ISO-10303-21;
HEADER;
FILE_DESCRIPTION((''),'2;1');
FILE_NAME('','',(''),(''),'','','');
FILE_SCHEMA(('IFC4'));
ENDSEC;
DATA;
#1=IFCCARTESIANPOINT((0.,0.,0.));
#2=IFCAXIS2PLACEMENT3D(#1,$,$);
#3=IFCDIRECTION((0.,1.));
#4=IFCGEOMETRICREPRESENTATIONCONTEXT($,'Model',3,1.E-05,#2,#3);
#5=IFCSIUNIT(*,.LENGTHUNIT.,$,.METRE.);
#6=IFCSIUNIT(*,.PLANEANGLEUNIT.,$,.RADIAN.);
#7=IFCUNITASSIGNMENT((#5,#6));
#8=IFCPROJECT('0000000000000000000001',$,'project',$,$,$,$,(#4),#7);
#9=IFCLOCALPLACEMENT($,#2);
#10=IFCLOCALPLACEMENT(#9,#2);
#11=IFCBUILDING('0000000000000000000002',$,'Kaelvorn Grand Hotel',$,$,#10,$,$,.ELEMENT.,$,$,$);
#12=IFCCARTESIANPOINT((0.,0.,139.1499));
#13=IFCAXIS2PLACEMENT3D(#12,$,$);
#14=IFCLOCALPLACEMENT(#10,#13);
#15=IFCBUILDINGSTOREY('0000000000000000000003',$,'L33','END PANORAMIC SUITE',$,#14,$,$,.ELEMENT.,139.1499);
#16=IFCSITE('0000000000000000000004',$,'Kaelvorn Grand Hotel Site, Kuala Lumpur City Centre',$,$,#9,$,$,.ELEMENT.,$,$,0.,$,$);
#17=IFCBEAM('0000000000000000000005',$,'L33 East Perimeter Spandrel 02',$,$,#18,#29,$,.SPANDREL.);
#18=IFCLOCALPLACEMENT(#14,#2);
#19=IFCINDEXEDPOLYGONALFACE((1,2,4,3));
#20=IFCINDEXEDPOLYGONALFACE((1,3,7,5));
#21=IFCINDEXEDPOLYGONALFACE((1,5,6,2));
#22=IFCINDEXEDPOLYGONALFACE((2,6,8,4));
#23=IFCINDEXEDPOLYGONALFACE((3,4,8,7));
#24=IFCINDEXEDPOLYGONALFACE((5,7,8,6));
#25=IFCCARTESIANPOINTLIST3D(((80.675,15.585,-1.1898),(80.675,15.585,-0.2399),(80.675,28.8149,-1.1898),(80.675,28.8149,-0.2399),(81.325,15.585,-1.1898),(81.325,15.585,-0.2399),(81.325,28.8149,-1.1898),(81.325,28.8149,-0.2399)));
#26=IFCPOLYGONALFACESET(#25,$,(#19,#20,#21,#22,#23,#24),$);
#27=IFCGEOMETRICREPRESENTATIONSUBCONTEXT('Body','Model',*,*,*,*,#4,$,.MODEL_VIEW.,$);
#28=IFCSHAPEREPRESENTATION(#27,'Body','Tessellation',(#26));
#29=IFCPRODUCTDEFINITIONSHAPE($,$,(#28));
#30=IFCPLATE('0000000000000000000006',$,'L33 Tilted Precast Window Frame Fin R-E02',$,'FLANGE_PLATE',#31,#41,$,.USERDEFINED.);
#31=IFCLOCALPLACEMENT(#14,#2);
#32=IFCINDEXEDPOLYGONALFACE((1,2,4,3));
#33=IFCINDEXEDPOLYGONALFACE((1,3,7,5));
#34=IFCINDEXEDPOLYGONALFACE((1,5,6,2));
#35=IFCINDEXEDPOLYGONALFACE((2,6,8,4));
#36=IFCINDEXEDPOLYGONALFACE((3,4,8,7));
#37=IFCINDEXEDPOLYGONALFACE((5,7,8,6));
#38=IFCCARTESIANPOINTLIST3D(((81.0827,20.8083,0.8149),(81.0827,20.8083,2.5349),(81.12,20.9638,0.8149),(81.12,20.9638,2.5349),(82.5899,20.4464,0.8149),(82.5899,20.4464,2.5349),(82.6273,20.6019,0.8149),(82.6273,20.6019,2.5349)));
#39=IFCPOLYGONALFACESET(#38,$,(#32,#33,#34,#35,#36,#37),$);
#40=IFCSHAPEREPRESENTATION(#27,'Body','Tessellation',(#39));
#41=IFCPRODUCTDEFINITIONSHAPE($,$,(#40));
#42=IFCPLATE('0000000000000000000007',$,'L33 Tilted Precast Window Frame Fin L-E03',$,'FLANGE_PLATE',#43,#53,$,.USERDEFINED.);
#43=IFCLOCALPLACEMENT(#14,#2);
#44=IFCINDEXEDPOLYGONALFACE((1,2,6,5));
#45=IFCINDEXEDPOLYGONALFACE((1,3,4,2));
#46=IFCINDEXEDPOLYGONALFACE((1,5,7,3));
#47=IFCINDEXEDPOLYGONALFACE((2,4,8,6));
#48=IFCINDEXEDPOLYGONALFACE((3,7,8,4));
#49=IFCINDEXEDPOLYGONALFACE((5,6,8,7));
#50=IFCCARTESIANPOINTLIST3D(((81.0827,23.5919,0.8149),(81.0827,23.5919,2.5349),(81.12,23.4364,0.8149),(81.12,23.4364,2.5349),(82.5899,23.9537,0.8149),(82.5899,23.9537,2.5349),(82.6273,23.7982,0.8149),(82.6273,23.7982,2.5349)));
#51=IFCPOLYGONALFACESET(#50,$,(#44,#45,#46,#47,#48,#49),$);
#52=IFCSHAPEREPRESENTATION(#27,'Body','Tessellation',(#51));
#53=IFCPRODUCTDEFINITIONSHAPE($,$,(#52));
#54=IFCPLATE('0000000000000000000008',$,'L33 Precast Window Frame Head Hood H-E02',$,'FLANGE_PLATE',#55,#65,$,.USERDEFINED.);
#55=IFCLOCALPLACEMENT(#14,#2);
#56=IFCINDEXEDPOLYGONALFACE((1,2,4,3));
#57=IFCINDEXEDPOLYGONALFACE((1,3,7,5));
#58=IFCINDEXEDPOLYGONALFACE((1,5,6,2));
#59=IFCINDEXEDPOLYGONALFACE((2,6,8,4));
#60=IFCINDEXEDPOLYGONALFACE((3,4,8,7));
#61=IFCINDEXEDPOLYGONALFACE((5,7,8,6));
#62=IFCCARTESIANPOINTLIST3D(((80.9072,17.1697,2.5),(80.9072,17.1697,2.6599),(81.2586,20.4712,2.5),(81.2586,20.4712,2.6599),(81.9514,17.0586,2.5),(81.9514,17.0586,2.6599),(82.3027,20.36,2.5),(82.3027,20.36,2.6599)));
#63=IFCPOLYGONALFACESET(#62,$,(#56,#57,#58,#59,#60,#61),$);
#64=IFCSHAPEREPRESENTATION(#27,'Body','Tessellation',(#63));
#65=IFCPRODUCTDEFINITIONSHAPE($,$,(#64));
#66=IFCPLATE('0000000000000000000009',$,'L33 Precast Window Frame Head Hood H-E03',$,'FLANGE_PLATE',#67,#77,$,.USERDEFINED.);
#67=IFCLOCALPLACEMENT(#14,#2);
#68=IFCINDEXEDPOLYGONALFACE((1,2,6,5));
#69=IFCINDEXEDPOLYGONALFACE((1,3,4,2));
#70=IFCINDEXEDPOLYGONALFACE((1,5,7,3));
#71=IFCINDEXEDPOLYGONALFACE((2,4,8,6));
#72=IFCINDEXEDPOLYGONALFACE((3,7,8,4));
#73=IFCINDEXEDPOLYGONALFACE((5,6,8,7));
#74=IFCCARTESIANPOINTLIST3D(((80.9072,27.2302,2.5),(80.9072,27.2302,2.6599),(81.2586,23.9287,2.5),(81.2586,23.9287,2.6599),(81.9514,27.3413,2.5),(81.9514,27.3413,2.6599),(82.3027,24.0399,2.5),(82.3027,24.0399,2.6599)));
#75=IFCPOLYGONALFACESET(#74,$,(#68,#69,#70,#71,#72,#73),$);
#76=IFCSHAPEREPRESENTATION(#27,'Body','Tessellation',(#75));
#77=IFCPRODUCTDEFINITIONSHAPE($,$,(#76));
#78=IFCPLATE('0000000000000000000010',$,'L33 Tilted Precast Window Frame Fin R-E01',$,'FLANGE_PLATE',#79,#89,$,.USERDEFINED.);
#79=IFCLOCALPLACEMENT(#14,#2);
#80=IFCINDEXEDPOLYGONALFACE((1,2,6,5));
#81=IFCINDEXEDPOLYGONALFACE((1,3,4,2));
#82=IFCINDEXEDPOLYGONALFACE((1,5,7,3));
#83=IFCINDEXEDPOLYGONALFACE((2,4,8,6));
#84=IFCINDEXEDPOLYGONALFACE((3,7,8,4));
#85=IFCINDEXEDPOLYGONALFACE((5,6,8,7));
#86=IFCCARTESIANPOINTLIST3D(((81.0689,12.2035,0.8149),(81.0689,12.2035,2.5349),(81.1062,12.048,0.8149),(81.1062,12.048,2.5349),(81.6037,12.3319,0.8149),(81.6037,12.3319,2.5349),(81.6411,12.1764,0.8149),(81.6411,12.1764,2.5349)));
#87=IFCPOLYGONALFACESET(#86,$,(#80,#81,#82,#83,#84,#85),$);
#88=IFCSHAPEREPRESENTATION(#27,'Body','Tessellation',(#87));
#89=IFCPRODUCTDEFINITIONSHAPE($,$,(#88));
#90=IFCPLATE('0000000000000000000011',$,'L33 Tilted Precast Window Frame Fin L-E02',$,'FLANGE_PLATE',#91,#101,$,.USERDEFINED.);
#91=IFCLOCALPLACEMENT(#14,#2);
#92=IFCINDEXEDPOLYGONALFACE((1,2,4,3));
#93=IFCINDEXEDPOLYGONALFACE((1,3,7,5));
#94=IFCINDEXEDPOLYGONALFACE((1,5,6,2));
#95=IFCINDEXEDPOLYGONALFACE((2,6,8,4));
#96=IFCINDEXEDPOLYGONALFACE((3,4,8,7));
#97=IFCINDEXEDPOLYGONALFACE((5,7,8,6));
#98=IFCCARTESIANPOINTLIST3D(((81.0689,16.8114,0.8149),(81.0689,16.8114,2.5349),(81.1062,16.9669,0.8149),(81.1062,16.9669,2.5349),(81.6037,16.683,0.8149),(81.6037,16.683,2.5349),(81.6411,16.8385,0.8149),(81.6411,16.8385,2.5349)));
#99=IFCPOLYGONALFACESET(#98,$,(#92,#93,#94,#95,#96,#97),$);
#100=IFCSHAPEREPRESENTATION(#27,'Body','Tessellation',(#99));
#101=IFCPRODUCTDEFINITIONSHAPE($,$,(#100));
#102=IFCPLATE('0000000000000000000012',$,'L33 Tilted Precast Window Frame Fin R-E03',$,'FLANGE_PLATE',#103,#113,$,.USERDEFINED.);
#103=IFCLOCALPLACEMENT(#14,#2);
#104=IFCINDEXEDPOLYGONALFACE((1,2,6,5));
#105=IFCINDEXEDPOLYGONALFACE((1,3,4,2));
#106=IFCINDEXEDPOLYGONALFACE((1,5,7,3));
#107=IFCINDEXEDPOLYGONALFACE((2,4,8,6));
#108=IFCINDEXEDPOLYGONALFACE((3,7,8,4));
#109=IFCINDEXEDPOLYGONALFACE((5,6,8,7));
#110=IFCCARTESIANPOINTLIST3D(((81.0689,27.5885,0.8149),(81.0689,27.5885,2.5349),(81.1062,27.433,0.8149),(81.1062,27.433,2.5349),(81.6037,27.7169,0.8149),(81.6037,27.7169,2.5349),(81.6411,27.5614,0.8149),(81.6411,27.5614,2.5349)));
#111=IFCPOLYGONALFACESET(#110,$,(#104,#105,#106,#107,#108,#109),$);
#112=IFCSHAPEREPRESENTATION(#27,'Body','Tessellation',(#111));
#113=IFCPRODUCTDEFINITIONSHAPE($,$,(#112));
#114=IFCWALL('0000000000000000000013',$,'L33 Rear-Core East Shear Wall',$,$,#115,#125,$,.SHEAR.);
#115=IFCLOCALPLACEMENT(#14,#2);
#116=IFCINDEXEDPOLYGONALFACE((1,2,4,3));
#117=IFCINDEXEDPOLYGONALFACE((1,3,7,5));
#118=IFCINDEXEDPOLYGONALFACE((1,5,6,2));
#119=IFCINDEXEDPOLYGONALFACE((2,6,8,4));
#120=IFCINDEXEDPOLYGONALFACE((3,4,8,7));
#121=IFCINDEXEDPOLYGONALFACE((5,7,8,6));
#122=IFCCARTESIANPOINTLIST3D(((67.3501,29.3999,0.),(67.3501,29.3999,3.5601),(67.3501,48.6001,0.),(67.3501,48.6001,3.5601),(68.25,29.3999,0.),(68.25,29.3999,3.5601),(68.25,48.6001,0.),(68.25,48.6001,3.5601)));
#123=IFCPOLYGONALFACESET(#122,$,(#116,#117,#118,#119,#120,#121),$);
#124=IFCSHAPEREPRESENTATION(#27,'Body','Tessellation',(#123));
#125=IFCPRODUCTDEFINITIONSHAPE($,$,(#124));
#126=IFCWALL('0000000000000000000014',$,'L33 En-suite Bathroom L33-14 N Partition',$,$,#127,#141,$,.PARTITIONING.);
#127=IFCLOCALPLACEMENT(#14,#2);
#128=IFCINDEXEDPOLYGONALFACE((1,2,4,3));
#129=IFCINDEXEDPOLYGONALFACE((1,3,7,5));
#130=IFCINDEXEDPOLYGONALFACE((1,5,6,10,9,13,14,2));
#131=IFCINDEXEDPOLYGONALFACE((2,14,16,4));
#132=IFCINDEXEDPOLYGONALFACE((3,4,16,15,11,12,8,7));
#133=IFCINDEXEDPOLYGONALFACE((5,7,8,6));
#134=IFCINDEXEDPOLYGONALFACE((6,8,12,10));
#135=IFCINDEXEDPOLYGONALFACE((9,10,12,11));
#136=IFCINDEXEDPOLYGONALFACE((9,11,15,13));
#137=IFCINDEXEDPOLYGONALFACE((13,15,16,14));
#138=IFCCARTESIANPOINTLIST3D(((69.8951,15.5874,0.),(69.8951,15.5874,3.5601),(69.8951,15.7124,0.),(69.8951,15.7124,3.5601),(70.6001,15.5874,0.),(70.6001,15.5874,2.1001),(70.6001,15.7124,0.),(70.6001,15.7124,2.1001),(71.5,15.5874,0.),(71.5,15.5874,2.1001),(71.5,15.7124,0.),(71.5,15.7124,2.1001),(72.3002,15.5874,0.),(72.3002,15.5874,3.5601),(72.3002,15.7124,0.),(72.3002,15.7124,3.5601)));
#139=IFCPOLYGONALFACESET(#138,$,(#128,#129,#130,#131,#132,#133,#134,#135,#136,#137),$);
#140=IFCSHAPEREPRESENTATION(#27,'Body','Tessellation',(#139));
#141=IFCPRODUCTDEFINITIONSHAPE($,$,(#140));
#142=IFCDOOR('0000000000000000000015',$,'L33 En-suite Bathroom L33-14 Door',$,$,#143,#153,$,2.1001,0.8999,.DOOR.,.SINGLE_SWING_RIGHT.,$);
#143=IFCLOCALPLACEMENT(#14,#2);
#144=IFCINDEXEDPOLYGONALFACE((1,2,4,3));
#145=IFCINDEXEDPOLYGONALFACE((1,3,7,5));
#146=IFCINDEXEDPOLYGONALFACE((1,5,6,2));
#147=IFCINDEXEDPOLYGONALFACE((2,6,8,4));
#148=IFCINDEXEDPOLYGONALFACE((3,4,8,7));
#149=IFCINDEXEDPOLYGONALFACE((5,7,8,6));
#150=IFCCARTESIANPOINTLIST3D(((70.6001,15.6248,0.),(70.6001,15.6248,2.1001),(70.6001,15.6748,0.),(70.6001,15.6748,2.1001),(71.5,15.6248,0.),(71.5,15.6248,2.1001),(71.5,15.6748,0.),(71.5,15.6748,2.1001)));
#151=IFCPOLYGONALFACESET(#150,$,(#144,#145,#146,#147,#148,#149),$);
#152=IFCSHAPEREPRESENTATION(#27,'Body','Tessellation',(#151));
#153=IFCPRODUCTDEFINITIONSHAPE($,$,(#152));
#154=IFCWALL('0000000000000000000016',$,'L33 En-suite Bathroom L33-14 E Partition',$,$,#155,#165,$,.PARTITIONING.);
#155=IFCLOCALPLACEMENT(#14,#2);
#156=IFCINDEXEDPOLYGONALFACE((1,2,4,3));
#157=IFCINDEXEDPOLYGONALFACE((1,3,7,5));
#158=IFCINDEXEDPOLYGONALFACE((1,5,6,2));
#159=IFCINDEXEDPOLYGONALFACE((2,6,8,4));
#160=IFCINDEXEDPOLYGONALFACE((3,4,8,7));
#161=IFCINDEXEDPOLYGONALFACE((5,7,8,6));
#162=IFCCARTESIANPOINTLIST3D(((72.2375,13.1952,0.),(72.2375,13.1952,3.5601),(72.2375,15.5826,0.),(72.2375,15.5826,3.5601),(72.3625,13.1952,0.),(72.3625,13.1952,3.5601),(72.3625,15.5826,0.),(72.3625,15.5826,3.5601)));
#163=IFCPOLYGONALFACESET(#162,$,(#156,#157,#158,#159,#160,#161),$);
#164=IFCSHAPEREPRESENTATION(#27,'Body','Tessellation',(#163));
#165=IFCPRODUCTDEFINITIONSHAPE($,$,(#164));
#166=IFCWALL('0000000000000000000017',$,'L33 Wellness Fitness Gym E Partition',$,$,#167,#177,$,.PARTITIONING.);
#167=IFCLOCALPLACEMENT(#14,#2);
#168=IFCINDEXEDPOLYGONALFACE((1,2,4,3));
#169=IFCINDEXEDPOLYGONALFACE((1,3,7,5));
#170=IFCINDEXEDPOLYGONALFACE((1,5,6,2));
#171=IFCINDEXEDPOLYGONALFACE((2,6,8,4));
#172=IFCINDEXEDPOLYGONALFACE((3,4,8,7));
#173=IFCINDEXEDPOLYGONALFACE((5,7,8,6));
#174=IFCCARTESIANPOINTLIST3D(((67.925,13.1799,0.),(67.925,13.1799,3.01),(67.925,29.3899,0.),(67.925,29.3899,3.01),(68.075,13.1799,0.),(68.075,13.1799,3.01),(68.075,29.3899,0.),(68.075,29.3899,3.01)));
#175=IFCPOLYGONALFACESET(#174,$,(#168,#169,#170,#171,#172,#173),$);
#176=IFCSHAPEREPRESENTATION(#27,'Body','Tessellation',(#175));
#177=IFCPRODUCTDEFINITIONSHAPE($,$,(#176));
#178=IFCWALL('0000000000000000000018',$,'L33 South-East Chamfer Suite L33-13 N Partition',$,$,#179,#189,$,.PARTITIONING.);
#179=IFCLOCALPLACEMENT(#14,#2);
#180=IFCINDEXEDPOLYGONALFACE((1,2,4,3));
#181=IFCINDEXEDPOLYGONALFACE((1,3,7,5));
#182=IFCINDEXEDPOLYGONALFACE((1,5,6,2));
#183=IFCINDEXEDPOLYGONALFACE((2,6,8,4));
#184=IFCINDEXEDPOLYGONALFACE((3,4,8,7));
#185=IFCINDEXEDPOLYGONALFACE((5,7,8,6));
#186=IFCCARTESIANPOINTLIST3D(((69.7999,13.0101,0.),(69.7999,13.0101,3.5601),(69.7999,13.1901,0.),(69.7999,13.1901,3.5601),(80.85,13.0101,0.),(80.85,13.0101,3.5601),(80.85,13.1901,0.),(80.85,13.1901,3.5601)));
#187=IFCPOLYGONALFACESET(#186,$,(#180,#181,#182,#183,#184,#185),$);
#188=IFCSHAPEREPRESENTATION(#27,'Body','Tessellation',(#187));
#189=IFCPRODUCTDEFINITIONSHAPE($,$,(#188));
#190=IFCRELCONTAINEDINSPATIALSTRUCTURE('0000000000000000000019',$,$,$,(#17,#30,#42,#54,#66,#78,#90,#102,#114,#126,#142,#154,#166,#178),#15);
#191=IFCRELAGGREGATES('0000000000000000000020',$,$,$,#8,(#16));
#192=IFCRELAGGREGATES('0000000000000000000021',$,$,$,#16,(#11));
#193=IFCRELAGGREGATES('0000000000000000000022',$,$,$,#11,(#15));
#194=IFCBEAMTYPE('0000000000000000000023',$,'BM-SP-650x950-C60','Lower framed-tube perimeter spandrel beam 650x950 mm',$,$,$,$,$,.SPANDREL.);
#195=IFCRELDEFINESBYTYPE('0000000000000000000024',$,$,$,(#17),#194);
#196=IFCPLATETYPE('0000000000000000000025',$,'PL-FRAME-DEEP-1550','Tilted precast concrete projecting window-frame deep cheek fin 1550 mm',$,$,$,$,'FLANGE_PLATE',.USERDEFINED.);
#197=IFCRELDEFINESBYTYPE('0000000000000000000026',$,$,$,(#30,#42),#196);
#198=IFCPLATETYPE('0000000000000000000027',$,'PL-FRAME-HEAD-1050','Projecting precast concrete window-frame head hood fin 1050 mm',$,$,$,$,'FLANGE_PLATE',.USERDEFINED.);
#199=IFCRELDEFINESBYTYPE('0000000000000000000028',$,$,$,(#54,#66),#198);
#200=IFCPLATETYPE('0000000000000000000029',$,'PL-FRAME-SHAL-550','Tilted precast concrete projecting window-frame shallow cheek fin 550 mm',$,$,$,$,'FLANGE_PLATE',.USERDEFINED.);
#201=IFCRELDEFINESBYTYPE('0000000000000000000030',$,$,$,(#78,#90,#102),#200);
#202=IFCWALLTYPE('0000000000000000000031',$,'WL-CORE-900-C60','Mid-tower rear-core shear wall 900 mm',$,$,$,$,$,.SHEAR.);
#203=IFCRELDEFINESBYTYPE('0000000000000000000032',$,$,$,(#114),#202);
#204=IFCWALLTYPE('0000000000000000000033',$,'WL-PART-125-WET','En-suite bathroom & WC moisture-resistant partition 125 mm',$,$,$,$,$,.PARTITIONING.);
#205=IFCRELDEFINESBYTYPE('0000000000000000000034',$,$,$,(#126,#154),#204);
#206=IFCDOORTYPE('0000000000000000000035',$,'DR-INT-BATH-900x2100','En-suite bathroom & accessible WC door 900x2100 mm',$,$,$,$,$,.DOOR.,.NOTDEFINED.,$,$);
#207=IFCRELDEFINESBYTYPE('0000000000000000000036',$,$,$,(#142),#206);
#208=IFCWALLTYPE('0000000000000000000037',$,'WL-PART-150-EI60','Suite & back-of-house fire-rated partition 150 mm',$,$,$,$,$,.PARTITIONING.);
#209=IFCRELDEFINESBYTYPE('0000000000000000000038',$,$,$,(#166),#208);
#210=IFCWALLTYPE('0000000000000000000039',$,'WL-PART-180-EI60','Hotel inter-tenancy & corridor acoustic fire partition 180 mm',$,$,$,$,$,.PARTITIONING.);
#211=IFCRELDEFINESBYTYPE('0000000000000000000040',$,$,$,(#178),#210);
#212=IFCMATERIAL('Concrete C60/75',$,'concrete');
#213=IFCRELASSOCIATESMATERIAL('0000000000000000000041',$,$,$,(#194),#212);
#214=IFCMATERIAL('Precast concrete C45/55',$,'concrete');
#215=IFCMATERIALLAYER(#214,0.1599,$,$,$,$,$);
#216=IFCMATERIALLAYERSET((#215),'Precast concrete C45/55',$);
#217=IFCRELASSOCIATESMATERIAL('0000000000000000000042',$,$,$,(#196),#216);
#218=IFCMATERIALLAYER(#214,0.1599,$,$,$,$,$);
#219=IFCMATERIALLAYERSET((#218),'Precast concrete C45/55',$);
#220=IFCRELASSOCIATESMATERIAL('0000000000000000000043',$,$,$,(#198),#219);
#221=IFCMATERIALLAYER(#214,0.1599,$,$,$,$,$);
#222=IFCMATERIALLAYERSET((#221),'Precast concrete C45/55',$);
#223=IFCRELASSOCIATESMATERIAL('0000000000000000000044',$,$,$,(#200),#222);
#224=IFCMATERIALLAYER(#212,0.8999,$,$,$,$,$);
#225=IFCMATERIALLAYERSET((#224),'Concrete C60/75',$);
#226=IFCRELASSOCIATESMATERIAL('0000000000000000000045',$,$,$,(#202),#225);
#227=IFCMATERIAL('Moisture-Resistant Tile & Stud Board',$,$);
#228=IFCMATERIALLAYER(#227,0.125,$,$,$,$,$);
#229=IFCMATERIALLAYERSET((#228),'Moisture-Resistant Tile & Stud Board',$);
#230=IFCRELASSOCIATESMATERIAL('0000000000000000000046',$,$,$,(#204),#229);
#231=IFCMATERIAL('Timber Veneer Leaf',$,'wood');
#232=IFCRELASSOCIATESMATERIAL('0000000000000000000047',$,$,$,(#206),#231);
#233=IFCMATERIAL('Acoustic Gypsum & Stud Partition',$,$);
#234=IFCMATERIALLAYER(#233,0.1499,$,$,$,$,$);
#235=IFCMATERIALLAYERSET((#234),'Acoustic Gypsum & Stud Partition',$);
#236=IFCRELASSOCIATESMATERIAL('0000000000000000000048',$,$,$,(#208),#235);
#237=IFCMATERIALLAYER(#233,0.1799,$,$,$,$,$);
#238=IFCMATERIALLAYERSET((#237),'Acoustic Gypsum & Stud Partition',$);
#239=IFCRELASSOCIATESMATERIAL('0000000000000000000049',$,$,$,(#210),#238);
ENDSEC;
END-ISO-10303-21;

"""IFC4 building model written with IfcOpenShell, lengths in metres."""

from ifc_helpers import new_model, si_unit, direction, frame, frame_2d, origin, origin_2d, place, context, subcontext, project, spatial, rectangle, extrude, material, layer, layer_set, material_profile, profile_set, type_object, element, fill, save


model = new_model("IFC4")

# Units and contexts
model_context = context("Model", 3, precision=1e-05, world=origin(), true_north=direction((0.0, 1.0)))
body_context = subcontext(model_context, "Body", "Model", "MODEL_VIEW")
ifc_project = project(units=[si_unit("LENGTHUNIT", "METRE"), si_unit("PLANEANGLEUNIT", "RADIAN")], contexts=[model_context])

# Site, building, storey
site_placement = place(None, origin())
site = spatial("IfcSite", under=ifc_project, at=site_placement, Name="Kaelvorn Grand Hotel Site, Kuala Lumpur City Centre", CompositionType="ELEMENT", RefElevation=0.0)
building_placement = place(site_placement, origin())
building = spatial("IfcBuilding", under=site, at=building_placement, Name="Kaelvorn Grand Hotel", CompositionType="ELEMENT")
storey_placement = place(building_placement, frame((0.0, 0.0, 139.1499)))
storey = spatial("IfcBuildingStorey", under=building, at=storey_placement, Name="L33", Description="END PANORAMIC SUITE", CompositionType="ELEMENT", Elevation=139.1499)

# Shared definitions
ifc_material_1 = material(Name="Concrete C60/75", Category="concrete")

# Beam
ifc_material_profile_1 = material_profile(ifc_material_1, rectangle(XDim=0.6499, YDim=0.95, at=origin_2d()), Name="RC SPANDREL 650x950")
ifc_profile_set_1 = profile_set([ifc_material_profile_1], Name="Concrete C60/75")
beam_type_1 = type_object("IfcBeamType", Name="BM-SP-650x950-C60", Description="Lower framed-tube perimeter spandrel beam 650x950 mm", PredefinedType="SPANDREL", material=ifc_profile_set_1)
beam_1_placement = place(storey_placement, frame((81.0, 15.585, -0.7148), z_axis=(0.0, 1.0, 0.0), x_axis=(-1.0, 0.0, 0.0)))
element("IfcBeam", 1, at=beam_1_placement, inside=storey, type_object=beam_type_1, Name="L33 East Perimeter Spandrel 02", PredefinedType="SPANDREL", context=body_context, shape_type="SweptSolid", body=[
    extrude(rectangle(XDim=0.6499, YDim=0.95, at=origin_2d()), origin(), (0.0, 0.0, 1.0), 13.23),
])

# Plates
ifc_material_2 = material(Name="Precast concrete C45/55", Category="concrete")
ifc_layer_1 = layer(ifc_material_2, 0.1599)
ifc_layer_set_1 = layer_set([ifc_layer_1], Name="Precast concrete C45/55")
plate_type_1 = type_object("IfcPlateType", Name="PL-FRAME-DEEP-1550", Description="Tilted precast concrete projecting window-frame deep cheek fin 1550 mm", ElementType="FLANGE_PLATE", PredefinedType="USERDEFINED", material=ifc_layer_set_1)
for number, where, z_axis, x_axis, name in (
    (2, (81.855, 20.7051, 0.8149), (0.0, 0.0, 1.0), (0.233445, 0.97237, 0.0), "L33 Tilted Precast Window Frame Fin R-E02"),
    (3, (81.855, 23.6951, 0.8149), (0.0, 0.0, 1.0), (-0.233445, 0.97237, 0.0), "L33 Tilted Precast Window Frame Fin L-E03"),
):
    element("IfcPlate", number, at=place(storey_placement, frame(where, z_axis=z_axis, x_axis=x_axis)), inside=storey, type_object=plate_type_1, Name=name, ObjectType="FLANGE_PLATE", PredefinedType="USERDEFINED", context=body_context, shape_type="SweptSolid", body=[
        extrude(rectangle(XDim=0.1599, YDim=1.55, at=origin_2d()), origin(), (0.0, 0.0, 1.0), 1.72),
    ])
ifc_layer_2 = layer(ifc_material_2, 0.1599)
ifc_layer_set_2 = layer_set([ifc_layer_2], Name="Precast concrete C45/55")
plate_type_2 = type_object("IfcPlateType", Name="PL-FRAME-HEAD-1050", Description="Projecting precast concrete window-frame head hood fin 1050 mm", ElementType="FLANGE_PLATE", PredefinedType="USERDEFINED", material=ifc_layer_set_2)
for number, where, z_axis, x_axis, name in (
    (4, (81.605, 18.7649, 2.5), (0.0, 0.0, 1.0), (0.10583, 0.994384, 0.0), "L33 Precast Window Frame Head Hood H-E02"),
    (5, (81.605, 25.635, 2.5), (0.0, 0.0, 1.0), (-0.10583, 0.994384, 0.0), "L33 Precast Window Frame Head Hood H-E03"),
):
    element("IfcPlate", number, at=place(storey_placement, frame(where, z_axis=z_axis, x_axis=x_axis)), inside=storey, type_object=plate_type_2, Name=name, ObjectType="FLANGE_PLATE", PredefinedType="USERDEFINED", context=body_context, shape_type="SweptSolid", body=[
        extrude(rectangle(XDim=3.3201, YDim=1.05, at=origin_2d()), origin(), (0.0, 0.0, 1.0), 0.1599),
    ])
ifc_layer_3 = layer(ifc_material_2, 0.1599)
ifc_layer_set_3 = layer_set([ifc_layer_3], Name="Precast concrete C45/55")
plate_type_3 = type_object("IfcPlateType", Name="PL-FRAME-SHAL-550", Description="Tilted precast concrete projecting window-frame shallow cheek fin 550 mm", ElementType="FLANGE_PLATE", PredefinedType="USERDEFINED", material=ifc_layer_set_3)
for number, where, z_axis, x_axis, name in (
    (6, (81.355, 12.1899, 0.8149), (0.0, 0.0, 1.0), (-0.233445, 0.97237, 0.0), "L33 Tilted Precast Window Frame Fin R-E01"),
    (7, (81.355, 16.825, 0.8149), (0.0, 0.0, 1.0), (0.233445, 0.97237, 0.0), "L33 Tilted Precast Window Frame Fin L-E02"),
    (8, (81.355, 27.575, 0.8149), (0.0, 0.0, 1.0), (-0.233445, 0.97237, 0.0), "L33 Tilted Precast Window Frame Fin R-E03"),
):
    element("IfcPlate", number, at=place(storey_placement, frame(where, z_axis=z_axis, x_axis=x_axis)), inside=storey, type_object=plate_type_3, Name=name, ObjectType="FLANGE_PLATE", PredefinedType="USERDEFINED", context=body_context, shape_type="SweptSolid", body=[
        extrude(rectangle(XDim=0.1599, YDim=0.55, at=origin_2d()), origin(), (0.0, 0.0, 1.0), 1.72),
    ])

# Wall
ifc_layer_4 = layer(ifc_material_1, 0.8999)
ifc_layer_set_4 = layer_set([ifc_layer_4], Name="Concrete C60/75")
wall_type_1 = type_object("IfcWallType", Name="WL-CORE-900-C60", Description="Mid-tower rear-core shear wall 900 mm", PredefinedType="SHEAR", material=ifc_layer_set_4)
wall_1_placement = place(storey_placement, frame((67.8, 29.3999, 0.0), z_axis=(0.0, 0.0, 1.0), x_axis=(0.0, 1.0, 0.0)))
element("IfcWall", 9, at=wall_1_placement, inside=storey, type_object=wall_type_1, Name="L33 Rear-Core East Shear Wall", PredefinedType="SHEAR", context=body_context, shape_type="SweptSolid", body=[
    extrude(rectangle(XDim=19.2002, YDim=0.8999, at=frame_2d((9.6001, 0.0))), origin(), (0.0, 0.0, 1.0), 3.5601),
])

# Wall, opening, door
ifc_material_3 = material(Name="Moisture-Resistant Tile & Stud Board")
ifc_layer_5 = layer(ifc_material_3, 0.125)
ifc_layer_set_5 = layer_set([ifc_layer_5], Name="Moisture-Resistant Tile & Stud Board")
wall_type_2 = type_object("IfcWallType", Name="WL-PART-125-WET", Description="En-suite bathroom & WC moisture-resistant partition 125 mm", PredefinedType="PARTITIONING", material=ifc_layer_set_5)
wall_2_placement = place(storey_placement, frame((69.895, 15.6499, 0.0), z_axis=(0.0, 0.0, 1.0), x_axis=(1.0, 0.0, 0.0)))
wall_2 = element("IfcWall", 10, at=wall_2_placement, inside=storey, type_object=wall_type_2, Name="L33 En-suite Bathroom L33-14 N Partition", PredefinedType="PARTITIONING", context=body_context, shape_type="SweptSolid", body=[
    extrude(rectangle(XDim=2.405, YDim=0.125, at=frame_2d((1.2026, 0.0))), origin(), (0.0, 0.0, 1.0), 3.5601),
])
opening_1_placement = place(wall_2_placement, frame((0.7051, 0.0, 0.0)))
opening_1 = element("IfcOpeningElement", 11, at=opening_1_placement, cuts=wall_2, PredefinedType="OPENING", context=body_context, shape_type="SweptSolid", body=[
    extrude(rectangle(XDim=0.8999, YDim=2.1001, at=frame_2d((0.45, 1.05))), frame((0.0, 0.0725, 0.0), z_axis=(0.0, -1.0, 0.0), x_axis=(1.0, 0.0, 0.0)), (0.0, 0.0, 1.0), 0.145),
])
ifc_material_4 = material(Name="Timber Veneer Leaf", Category="wood")
door_type_1 = type_object("IfcDoorType", Name="DR-INT-BATH-900x2100", Description="En-suite bathroom & accessible WC door 900x2100 mm", OperationType="NOTDEFINED", PredefinedType="DOOR", material=ifc_material_4)
door_1_placement = place(opening_1_placement, origin())
door_1 = element("IfcDoor", 12, at=door_1_placement, inside=storey, type_object=door_type_1, Name="L33 En-suite Bathroom L33-14 Door", OperationType="SINGLE_SWING_RIGHT", OverallHeight=2.1001, OverallWidth=0.8999, PredefinedType="DOOR", context=body_context, shape_type="SweptSolid", body=[
    extrude(rectangle(XDim=0.8999, YDim=2.1001, at=frame_2d((0.45, 1.05))), frame((0.0, 0.0249, 0.0), z_axis=(0.0, -1.0, 0.0), x_axis=(1.0, 0.0, 0.0)), (0.0, 0.0, 1.0), 0.05),
])
fill(opening_1, door_1)

# Walls
wall_3_placement = place(storey_placement, frame((72.3, 13.1951, 0.0), z_axis=(0.0, 0.0, 1.0), x_axis=(0.0, 1.0, 0.0)))
element("IfcWall", 13, at=wall_3_placement, inside=storey, type_object=wall_type_2, Name="L33 En-suite Bathroom L33-14 E Partition", PredefinedType="PARTITIONING", context=body_context, shape_type="SweptSolid", body=[
    extrude(rectangle(XDim=2.3875, YDim=0.125, at=frame_2d((1.1938, 0.0))), origin(), (0.0, 0.0, 1.0), 3.5601),
])
ifc_material_5 = material(Name="Acoustic Gypsum & Stud Partition")
ifc_layer_6 = layer(ifc_material_5, 0.1499)
ifc_layer_set_6 = layer_set([ifc_layer_6], Name="Acoustic Gypsum & Stud Partition")
wall_type_3 = type_object("IfcWallType", Name="WL-PART-150-EI60", Description="Suite & back-of-house fire-rated partition 150 mm", PredefinedType="PARTITIONING", material=ifc_layer_set_6)
wall_4_placement = place(storey_placement, frame((68.0, 13.1799, 0.0), z_axis=(0.0, 0.0, 1.0), x_axis=(0.0, 1.0, 0.0)))
element("IfcWall", 14, at=wall_4_placement, inside=storey, type_object=wall_type_3, Name="L33 Wellness Fitness Gym E Partition", PredefinedType="PARTITIONING", context=body_context, shape_type="SweptSolid", body=[
    extrude(rectangle(XDim=16.21, YDim=0.1499, at=frame_2d((8.105, 0.0))), origin(), (0.0, 0.0, 1.0), 3.01),
])
ifc_layer_7 = layer(ifc_material_5, 0.1799)
ifc_layer_set_7 = layer_set([ifc_layer_7], Name="Acoustic Gypsum & Stud Partition")
wall_type_4 = type_object("IfcWallType", Name="WL-PART-180-EI60", Description="Hotel inter-tenancy & corridor acoustic fire partition 180 mm", PredefinedType="PARTITIONING", material=ifc_layer_set_7)
wall_5_placement = place(storey_placement, frame((69.8, 13.1001, 0.0), z_axis=(0.0, 0.0, 1.0), x_axis=(1.0, 0.0, 0.0)))
element("IfcWall", 15, at=wall_5_placement, inside=storey, type_object=wall_type_4, Name="L33 South-East Chamfer Suite L33-13 N Partition", PredefinedType="PARTITIONING", context=body_context, shape_type="SweptSolid", body=[
    extrude(rectangle(XDim=11.05, YDim=0.1799, at=frame_2d((5.5249, 0.0))), origin(), (0.0, 0.0, 1.0), 3.5601),
])

save(model, "model.ifc")
